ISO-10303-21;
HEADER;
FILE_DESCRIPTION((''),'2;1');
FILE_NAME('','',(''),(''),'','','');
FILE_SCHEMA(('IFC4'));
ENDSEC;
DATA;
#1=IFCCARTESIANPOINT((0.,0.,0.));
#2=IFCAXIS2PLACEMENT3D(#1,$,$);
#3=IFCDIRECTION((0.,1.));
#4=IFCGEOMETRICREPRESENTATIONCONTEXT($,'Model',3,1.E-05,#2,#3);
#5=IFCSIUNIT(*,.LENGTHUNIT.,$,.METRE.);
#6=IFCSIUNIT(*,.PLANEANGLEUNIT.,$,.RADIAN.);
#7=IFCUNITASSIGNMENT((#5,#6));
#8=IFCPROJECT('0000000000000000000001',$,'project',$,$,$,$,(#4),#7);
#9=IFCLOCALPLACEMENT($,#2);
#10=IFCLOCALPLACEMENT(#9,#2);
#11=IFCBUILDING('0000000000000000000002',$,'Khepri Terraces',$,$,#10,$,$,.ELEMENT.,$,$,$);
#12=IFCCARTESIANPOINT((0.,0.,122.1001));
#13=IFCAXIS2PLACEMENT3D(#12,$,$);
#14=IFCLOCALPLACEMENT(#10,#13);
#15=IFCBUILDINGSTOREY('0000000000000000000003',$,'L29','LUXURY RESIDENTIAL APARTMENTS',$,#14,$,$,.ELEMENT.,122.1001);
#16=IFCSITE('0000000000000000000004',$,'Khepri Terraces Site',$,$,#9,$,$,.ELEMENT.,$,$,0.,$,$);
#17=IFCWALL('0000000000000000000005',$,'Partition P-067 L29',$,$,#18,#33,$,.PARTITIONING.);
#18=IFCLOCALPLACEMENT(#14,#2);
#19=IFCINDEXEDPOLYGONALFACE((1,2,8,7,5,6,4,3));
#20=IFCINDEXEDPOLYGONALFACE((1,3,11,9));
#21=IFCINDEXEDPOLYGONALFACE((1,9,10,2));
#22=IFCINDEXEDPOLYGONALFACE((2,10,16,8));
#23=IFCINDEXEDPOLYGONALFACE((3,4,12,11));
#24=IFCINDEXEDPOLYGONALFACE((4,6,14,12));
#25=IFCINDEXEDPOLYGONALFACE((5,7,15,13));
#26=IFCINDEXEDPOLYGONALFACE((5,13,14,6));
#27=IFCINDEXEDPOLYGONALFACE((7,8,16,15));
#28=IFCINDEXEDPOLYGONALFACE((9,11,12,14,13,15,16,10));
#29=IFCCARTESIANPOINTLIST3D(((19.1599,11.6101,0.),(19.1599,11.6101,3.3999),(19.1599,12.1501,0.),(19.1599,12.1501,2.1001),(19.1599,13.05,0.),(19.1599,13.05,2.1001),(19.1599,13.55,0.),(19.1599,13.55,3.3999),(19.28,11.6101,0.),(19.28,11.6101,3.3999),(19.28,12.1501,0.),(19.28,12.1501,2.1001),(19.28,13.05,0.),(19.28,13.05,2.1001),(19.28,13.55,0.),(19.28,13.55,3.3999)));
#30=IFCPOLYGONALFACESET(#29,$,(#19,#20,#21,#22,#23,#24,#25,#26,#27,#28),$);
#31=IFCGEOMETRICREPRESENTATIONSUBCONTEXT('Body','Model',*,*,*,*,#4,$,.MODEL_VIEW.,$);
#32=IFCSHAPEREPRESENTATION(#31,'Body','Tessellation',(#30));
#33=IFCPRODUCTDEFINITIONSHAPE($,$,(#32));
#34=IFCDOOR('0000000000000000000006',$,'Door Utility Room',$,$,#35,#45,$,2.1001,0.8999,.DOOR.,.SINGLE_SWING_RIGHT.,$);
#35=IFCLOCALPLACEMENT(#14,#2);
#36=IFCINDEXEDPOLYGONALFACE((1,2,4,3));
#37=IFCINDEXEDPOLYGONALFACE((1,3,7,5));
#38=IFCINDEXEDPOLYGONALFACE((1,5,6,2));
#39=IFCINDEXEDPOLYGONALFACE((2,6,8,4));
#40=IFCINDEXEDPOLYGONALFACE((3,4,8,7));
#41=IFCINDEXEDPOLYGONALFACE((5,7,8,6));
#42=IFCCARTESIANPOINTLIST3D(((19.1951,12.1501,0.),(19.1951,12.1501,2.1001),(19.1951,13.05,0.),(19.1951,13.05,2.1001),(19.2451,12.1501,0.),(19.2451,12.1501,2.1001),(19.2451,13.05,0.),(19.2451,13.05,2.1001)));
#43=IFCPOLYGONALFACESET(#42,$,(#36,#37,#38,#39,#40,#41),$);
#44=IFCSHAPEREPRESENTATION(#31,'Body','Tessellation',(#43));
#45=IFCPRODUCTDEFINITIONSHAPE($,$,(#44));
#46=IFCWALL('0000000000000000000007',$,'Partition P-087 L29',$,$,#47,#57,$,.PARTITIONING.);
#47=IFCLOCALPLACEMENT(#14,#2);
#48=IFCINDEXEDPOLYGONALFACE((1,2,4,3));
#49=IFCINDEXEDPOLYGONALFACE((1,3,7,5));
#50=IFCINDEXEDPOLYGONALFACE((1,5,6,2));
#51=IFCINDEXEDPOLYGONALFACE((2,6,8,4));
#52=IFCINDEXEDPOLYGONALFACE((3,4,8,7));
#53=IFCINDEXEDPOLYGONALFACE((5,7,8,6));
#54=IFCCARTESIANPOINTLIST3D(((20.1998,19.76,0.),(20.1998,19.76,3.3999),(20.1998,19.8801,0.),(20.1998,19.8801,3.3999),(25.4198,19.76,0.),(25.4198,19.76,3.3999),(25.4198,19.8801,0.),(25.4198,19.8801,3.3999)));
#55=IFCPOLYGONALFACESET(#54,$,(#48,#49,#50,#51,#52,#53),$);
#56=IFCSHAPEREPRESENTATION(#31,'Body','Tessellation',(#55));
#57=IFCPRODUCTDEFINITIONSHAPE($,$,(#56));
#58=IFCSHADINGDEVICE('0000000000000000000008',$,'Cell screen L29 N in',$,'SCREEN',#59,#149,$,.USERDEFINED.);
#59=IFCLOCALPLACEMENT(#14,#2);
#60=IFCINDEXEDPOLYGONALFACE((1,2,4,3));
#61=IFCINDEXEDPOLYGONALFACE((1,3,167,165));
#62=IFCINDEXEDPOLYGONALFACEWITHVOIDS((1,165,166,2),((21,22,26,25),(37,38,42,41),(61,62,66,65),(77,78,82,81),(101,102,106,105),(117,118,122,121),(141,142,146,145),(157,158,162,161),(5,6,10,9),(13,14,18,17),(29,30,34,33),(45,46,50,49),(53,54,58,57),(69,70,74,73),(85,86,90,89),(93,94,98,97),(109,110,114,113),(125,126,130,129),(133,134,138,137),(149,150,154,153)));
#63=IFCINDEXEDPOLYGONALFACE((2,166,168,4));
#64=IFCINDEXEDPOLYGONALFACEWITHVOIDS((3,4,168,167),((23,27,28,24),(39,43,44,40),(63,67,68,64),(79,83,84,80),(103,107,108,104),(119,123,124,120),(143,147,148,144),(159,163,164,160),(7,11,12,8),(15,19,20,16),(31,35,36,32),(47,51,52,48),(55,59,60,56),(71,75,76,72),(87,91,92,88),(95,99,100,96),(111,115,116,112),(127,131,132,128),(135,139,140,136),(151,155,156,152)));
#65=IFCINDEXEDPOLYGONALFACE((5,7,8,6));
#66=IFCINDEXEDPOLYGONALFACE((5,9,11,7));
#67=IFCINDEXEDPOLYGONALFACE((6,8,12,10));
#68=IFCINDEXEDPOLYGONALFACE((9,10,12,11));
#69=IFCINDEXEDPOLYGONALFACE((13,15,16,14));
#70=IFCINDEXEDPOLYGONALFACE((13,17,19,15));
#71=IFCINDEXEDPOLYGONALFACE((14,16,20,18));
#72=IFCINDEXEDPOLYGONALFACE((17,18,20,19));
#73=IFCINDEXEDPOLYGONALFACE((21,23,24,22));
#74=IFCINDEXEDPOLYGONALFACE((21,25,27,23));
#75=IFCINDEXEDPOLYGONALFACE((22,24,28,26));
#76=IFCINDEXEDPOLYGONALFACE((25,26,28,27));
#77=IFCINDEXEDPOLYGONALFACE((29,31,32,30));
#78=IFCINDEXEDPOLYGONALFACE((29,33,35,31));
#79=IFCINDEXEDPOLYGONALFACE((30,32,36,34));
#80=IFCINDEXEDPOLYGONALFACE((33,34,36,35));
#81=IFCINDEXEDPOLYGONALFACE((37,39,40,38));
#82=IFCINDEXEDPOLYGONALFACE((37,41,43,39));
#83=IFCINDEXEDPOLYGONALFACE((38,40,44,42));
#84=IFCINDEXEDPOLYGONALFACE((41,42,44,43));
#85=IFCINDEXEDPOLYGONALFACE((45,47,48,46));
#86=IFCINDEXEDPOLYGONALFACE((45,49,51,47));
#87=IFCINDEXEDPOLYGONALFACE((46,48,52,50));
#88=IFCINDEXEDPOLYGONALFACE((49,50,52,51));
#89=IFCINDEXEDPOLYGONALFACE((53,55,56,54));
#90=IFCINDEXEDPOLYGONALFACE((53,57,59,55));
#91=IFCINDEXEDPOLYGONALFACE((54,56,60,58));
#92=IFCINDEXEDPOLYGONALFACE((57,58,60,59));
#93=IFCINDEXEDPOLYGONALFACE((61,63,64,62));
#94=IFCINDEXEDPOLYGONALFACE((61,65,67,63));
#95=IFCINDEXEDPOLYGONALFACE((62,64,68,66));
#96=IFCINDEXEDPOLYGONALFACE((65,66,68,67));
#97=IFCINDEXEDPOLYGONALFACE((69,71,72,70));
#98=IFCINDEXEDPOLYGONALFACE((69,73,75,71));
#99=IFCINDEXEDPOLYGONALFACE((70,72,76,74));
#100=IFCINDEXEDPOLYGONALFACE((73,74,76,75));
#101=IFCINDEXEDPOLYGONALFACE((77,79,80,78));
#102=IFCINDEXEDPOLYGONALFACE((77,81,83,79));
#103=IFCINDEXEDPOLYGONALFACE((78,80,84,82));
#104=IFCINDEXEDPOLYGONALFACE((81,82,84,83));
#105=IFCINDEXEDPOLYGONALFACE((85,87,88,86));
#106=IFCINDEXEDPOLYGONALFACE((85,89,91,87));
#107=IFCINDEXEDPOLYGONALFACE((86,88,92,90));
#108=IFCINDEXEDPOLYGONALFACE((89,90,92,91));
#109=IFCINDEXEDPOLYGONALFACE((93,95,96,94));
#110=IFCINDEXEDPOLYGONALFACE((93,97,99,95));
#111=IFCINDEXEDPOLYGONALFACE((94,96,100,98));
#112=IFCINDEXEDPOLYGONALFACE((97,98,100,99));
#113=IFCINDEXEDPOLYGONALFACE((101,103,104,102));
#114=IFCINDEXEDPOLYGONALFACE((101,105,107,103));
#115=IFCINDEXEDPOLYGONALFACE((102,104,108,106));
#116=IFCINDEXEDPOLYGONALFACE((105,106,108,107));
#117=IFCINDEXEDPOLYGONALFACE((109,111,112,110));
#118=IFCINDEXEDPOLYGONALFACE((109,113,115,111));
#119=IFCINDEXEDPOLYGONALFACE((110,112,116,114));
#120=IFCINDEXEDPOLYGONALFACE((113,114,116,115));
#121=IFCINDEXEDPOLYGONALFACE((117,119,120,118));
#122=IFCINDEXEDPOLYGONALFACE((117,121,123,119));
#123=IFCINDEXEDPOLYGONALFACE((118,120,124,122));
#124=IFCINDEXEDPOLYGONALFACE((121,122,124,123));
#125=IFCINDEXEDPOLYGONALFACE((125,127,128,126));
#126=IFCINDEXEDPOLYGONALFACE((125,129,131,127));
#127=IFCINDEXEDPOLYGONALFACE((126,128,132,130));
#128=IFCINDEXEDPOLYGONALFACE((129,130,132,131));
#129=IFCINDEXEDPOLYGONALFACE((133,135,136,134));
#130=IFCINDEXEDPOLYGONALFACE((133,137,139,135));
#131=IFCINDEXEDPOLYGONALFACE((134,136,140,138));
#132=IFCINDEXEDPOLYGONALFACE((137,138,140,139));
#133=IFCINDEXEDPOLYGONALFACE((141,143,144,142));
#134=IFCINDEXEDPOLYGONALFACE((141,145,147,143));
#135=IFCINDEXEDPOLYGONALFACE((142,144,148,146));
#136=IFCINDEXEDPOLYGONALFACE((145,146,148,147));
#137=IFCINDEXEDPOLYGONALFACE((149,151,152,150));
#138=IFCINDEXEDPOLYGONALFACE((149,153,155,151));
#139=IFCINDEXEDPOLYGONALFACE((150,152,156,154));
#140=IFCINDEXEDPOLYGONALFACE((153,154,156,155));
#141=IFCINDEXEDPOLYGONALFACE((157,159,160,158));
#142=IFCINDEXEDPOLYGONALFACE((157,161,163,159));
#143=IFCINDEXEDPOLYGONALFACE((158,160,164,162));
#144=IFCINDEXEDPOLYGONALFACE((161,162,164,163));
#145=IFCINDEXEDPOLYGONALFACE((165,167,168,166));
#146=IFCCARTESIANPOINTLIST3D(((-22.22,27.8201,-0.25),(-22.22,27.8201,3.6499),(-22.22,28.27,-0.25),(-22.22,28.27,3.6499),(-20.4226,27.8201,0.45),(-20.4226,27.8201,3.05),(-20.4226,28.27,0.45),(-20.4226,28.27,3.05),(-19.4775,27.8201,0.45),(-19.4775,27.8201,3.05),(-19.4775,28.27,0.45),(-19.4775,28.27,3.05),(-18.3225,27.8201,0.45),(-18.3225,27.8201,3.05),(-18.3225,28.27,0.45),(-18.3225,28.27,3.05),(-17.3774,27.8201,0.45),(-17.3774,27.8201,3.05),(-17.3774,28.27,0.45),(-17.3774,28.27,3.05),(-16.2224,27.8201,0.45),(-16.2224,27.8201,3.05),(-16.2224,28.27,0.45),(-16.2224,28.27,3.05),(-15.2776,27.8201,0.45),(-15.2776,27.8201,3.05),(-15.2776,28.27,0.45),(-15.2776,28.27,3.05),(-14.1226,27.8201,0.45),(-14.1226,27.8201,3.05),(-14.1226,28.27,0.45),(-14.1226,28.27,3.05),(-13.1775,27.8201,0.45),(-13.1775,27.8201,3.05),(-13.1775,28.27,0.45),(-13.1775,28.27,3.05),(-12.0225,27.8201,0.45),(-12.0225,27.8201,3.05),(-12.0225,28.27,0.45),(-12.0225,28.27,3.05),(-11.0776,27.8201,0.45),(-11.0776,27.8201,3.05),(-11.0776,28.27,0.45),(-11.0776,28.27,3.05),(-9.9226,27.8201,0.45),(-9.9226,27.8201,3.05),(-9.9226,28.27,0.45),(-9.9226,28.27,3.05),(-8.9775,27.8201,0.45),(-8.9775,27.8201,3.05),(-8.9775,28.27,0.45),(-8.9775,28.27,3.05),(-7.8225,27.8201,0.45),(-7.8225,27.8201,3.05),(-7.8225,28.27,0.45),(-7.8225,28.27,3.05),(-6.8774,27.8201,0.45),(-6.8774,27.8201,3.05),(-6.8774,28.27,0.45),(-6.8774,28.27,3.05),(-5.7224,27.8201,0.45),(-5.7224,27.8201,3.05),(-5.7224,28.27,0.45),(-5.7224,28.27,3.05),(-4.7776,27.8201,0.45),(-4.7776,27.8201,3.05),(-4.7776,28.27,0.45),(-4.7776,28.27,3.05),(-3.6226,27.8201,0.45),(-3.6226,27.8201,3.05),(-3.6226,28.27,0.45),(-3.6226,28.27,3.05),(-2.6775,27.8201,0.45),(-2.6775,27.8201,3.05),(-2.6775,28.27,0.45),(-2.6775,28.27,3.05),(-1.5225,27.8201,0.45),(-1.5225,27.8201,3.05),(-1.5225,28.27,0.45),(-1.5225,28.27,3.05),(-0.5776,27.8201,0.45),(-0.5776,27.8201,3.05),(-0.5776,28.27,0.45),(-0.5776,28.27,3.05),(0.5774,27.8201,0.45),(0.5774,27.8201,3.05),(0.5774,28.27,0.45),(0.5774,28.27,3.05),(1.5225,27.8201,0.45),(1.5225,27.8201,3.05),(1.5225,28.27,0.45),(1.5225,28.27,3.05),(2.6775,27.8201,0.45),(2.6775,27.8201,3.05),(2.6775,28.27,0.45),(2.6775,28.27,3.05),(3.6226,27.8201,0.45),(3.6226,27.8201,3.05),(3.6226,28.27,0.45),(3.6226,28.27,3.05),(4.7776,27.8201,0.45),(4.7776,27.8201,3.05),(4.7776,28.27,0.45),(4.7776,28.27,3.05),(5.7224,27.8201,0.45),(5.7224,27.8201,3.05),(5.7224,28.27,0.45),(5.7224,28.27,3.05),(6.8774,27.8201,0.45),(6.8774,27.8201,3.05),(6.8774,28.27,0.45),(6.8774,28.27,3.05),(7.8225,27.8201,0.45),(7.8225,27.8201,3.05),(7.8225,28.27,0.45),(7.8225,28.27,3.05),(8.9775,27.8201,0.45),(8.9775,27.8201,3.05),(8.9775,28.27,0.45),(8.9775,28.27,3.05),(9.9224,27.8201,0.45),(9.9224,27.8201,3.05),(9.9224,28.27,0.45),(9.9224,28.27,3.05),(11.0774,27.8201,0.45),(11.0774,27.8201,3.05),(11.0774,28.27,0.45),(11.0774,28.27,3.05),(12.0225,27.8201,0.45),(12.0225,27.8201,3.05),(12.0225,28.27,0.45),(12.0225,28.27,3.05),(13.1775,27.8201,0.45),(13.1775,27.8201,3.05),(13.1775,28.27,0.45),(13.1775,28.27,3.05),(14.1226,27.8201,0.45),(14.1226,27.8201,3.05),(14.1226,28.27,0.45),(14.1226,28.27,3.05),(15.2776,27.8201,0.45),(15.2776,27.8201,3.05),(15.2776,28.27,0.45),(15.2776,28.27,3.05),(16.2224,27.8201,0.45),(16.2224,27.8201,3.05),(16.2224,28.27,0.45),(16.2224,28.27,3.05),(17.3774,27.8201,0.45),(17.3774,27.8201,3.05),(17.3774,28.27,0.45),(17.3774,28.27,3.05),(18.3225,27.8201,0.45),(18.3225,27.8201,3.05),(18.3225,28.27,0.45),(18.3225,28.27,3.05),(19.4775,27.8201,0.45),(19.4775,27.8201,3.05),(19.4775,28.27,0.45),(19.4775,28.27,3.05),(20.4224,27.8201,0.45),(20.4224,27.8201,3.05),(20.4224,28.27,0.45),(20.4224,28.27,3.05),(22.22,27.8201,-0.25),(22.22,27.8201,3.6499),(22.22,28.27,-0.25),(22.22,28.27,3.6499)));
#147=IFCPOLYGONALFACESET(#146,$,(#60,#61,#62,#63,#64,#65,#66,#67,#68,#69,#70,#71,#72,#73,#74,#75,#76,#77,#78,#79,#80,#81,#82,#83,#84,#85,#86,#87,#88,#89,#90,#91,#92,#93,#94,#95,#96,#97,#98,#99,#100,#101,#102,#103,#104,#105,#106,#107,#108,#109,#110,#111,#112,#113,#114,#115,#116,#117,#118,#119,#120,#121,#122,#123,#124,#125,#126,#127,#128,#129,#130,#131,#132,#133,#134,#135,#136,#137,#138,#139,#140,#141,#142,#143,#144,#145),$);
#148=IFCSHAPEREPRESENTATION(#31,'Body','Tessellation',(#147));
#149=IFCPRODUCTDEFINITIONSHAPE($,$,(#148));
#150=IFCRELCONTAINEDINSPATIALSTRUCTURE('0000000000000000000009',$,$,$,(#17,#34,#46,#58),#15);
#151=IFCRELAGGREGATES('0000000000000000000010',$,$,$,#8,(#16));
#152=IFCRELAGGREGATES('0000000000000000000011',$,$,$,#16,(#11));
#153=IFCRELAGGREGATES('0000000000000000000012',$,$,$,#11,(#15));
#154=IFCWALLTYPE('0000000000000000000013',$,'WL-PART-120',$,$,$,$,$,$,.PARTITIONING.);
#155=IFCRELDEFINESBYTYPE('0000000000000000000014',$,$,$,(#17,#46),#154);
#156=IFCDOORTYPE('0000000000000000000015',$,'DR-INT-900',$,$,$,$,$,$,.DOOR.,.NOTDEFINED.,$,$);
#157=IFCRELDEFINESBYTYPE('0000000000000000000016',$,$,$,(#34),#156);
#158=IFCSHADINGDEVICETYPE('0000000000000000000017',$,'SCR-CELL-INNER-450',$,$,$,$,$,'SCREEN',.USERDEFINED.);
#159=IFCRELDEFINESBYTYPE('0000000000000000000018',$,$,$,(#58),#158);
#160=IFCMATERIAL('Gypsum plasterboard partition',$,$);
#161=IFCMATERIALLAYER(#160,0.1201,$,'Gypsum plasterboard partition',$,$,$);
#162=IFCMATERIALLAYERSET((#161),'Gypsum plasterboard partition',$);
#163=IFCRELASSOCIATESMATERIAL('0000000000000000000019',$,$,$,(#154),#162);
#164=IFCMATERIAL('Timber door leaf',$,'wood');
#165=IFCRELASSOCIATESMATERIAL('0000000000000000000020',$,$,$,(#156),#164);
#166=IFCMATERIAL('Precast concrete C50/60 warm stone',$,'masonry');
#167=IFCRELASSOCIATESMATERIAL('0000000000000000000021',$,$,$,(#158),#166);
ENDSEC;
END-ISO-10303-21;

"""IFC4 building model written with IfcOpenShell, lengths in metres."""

from ifc_helpers import new_model, si_unit, direction, frame, frame_2d, origin, place, context, subcontext, project, spatial, polyline, rectangle, outline, extrude, material, layer, layer_set, type_object, element, fill, save


model = new_model("IFC4")

# Units and contexts
model_context = context("Model", 3, precision=1e-05, world=origin(), true_north=direction((0.0, 1.0)))
body_context = subcontext(model_context, "Body", "Model", "MODEL_VIEW")
ifc_project = project(units=[si_unit("LENGTHUNIT", "METRE"), si_unit("PLANEANGLEUNIT", "RADIAN")], contexts=[model_context])

# Site, building, storey
site_placement = place(None, origin())
site = spatial("IfcSite", under=ifc_project, at=site_placement, Name="Khepri Terraces Site", CompositionType="ELEMENT", RefElevation=0.0)
building_placement = place(site_placement, origin())
building = spatial("IfcBuilding", under=site, at=building_placement, Name="Khepri Terraces", CompositionType="ELEMENT")
storey_placement = place(building_placement, frame((0.0, 0.0, 122.1001)))
storey = spatial("IfcBuildingStorey", under=building, at=storey_placement, Name="L29", Description="LUXURY RESIDENTIAL APARTMENTS", CompositionType="ELEMENT", Elevation=122.1001)

# Shared definitions
ifc_material_1 = material(Name="Precast concrete C50/60 warm stone", Category="masonry")

# Wall, opening, door
ifc_material_2 = material(Name="Gypsum plasterboard partition")
ifc_layer_1 = layer(ifc_material_2, 0.1201, Name="Gypsum plasterboard partition")
ifc_layer_set_1 = layer_set([ifc_layer_1], Name="Gypsum plasterboard partition")
wall_type_1 = type_object("IfcWallType", Name="WL-PART-120", PredefinedType="PARTITIONING", material=ifc_layer_set_1)
wall_1_placement = place(storey_placement, frame((19.22, 11.6101, 0.0), z_axis=(0.0, 0.0, 1.0), x_axis=(0.0, 1.0, 0.0)))
wall_1 = element("IfcWall", 1, at=wall_1_placement, inside=storey, type_object=wall_type_1, Name="Partition P-067 L29", PredefinedType="PARTITIONING", context=body_context, shape_type="SweptSolid", body=[
    extrude(rectangle(XDim=1.9399, YDim=0.1201, at=frame_2d((0.97, 0.0))), origin(), (0.0, 0.0, 1.0), 3.3999),
])
opening_1_placement = place(wall_1_placement, frame((0.54, 0.0, 0.0)))
opening_1 = element("IfcOpeningElement", 2, at=opening_1_placement, cuts=wall_1, PredefinedType="OPENING", context=body_context, shape_type="SweptSolid", body=[
    extrude(rectangle(XDim=0.8999, YDim=2.1001, at=frame_2d((0.45, 1.05))), frame((0.0, 0.0701, 0.0), z_axis=(0.0, -1.0, 0.0), x_axis=(1.0, 0.0, 0.0)), (0.0, 0.0, 1.0), 0.1401),
])
ifc_material_3 = material(Name="Timber door leaf", Category="wood")
door_type_1 = type_object("IfcDoorType", Name="DR-INT-900", OperationType="NOTDEFINED", PredefinedType="DOOR", material=ifc_material_3)
door_1_placement = place(opening_1_placement, origin())
door_1 = element("IfcDoor", 3, at=door_1_placement, inside=storey, type_object=door_type_1, Name="Door Utility Room", OperationType="SINGLE_SWING_RIGHT", OverallHeight=2.1001, OverallWidth=0.8999, PredefinedType="DOOR", context=body_context, shape_type="SweptSolid", body=[
    extrude(rectangle(XDim=0.8999, YDim=2.1001, at=frame_2d((0.45, 1.05))), frame((0.0, 0.0249, 0.0), z_axis=(0.0, -1.0, 0.0), x_axis=(1.0, 0.0, 0.0)), (0.0, 0.0, 1.0), 0.05),
])
fill(opening_1, door_1)

# Wall
wall_2_placement = place(storey_placement, frame((20.2, 19.8201, 0.0), z_axis=(0.0, 0.0, 1.0), x_axis=(1.0, 0.0, 0.0)))
element("IfcWall", 4, at=wall_2_placement, inside=storey, type_object=wall_type_1, Name="Partition P-087 L29", PredefinedType="PARTITIONING", context=body_context, shape_type="SweptSolid", body=[
    extrude(rectangle(XDim=5.22, YDim=0.1201, at=frame_2d((2.6099, 0.0))), origin(), (0.0, 0.0, 1.0), 3.3999),
])

# Shading device
shading_device_type_1 = type_object("IfcShadingDeviceType", Name="SCR-CELL-INNER-450", ElementType="SCREEN", PredefinedType="USERDEFINED", material=ifc_material_1)
shading_device_1_placement = place(storey_placement, frame((22.22, 27.8201, -0.25), z_axis=(0.0, 1.0, 0.0), x_axis=(-1.0, 0.0, 0.0)))
element("IfcShadingDevice", 5, at=shading_device_1_placement, inside=storey, type_object=shading_device_type_1, Name="Cell screen L29 N in", ObjectType="SCREEN", PredefinedType="USERDEFINED", context=body_context, shape_type="SweptSolid", body=[
    extrude(outline(polyline([(0.0, 0.0), (44.4399, 0.0), (44.4399, 3.8999), (0.0, 3.8999), (0.0, 0.0)]), holes=[polyline([(1.7976, 0.7), (2.7424, 0.7), (2.7424, 3.3), (1.7976, 3.3), (1.7976, 0.7)]), polyline([(3.8975, 0.7), (4.8425, 0.7), (4.8425, 3.3), (3.8975, 3.3), (3.8975, 0.7)]), polyline([(5.9976, 0.7), (6.9424, 0.7), (6.9424, 3.3), (5.9976, 3.3), (5.9976, 0.7)]), polyline([(8.0974, 0.7), (9.0425, 0.7), (9.0425, 3.3), (8.0974, 3.3), (8.0974, 0.7)]), polyline([(10.1975, 0.7), (11.1426, 0.7), (11.1426, 3.3), (10.1975, 3.3), (10.1975, 0.7)]), polyline([(12.2976, 0.7), (13.2424, 0.7), (13.2424, 3.3), (12.2976, 3.3), (12.2976, 0.7)]), polyline([(14.3975, 0.7), (15.3425, 0.7), (15.3425, 3.3), (14.3975, 3.3), (14.3975, 0.7)]), polyline([(16.4976, 0.7), (17.4424, 0.7), (17.4424, 3.3), (16.4976, 3.3), (16.4976, 0.7)]), polyline([(18.5974, 0.7), (19.5425, 0.7), (19.5425, 3.3), (18.5974, 3.3), (18.5974, 0.7)]), polyline([(20.6975, 0.7), (21.6426, 0.7), (21.6426, 3.3), (20.6975, 3.3), (20.6975, 0.7)]), polyline([(22.7976, 0.7), (23.7424, 0.7), (23.7424, 3.3), (22.7976, 3.3), (22.7976, 0.7)]), polyline([(24.8975, 0.7), (25.8425, 0.7), (25.8425, 3.3), (24.8975, 3.3), (24.8975, 0.7)]), polyline([(26.9976, 0.7), (27.9424, 0.7), (27.9424, 3.3), (26.9976, 3.3), (26.9976, 0.7)]), polyline([(29.0974, 0.7), (30.0425, 0.7), (30.0425, 3.3), (29.0974, 3.3), (29.0974, 0.7)]), polyline([(31.1975, 0.7), (32.1426, 0.7), (32.1426, 3.3), (31.1975, 3.3), (31.1975, 0.7)]), polyline([(33.2976, 0.7), (34.2424, 0.7), (34.2424, 3.3), (33.2976, 3.3), (33.2976, 0.7)]), polyline([(35.3975, 0.7), (36.3425, 0.7), (36.3425, 3.3), (35.3975, 3.3), (35.3975, 0.7)]), polyline([(37.4976, 0.7), (38.4424, 0.7), (38.4424, 3.3), (37.4976, 3.3), (37.4976, 0.7)]), polyline([(39.5974, 0.7), (40.5425, 0.7), (40.5425, 3.3), (39.5974, 3.3), (39.5974, 0.7)]), polyline([(41.6975, 0.7), (42.6426, 0.7), (42.6426, 3.3), (41.6975, 3.3), (41.6975, 0.7)])]), origin(), (0.0, 0.0, 1.0), 0.45),
])

save(model, "model.ifc")
